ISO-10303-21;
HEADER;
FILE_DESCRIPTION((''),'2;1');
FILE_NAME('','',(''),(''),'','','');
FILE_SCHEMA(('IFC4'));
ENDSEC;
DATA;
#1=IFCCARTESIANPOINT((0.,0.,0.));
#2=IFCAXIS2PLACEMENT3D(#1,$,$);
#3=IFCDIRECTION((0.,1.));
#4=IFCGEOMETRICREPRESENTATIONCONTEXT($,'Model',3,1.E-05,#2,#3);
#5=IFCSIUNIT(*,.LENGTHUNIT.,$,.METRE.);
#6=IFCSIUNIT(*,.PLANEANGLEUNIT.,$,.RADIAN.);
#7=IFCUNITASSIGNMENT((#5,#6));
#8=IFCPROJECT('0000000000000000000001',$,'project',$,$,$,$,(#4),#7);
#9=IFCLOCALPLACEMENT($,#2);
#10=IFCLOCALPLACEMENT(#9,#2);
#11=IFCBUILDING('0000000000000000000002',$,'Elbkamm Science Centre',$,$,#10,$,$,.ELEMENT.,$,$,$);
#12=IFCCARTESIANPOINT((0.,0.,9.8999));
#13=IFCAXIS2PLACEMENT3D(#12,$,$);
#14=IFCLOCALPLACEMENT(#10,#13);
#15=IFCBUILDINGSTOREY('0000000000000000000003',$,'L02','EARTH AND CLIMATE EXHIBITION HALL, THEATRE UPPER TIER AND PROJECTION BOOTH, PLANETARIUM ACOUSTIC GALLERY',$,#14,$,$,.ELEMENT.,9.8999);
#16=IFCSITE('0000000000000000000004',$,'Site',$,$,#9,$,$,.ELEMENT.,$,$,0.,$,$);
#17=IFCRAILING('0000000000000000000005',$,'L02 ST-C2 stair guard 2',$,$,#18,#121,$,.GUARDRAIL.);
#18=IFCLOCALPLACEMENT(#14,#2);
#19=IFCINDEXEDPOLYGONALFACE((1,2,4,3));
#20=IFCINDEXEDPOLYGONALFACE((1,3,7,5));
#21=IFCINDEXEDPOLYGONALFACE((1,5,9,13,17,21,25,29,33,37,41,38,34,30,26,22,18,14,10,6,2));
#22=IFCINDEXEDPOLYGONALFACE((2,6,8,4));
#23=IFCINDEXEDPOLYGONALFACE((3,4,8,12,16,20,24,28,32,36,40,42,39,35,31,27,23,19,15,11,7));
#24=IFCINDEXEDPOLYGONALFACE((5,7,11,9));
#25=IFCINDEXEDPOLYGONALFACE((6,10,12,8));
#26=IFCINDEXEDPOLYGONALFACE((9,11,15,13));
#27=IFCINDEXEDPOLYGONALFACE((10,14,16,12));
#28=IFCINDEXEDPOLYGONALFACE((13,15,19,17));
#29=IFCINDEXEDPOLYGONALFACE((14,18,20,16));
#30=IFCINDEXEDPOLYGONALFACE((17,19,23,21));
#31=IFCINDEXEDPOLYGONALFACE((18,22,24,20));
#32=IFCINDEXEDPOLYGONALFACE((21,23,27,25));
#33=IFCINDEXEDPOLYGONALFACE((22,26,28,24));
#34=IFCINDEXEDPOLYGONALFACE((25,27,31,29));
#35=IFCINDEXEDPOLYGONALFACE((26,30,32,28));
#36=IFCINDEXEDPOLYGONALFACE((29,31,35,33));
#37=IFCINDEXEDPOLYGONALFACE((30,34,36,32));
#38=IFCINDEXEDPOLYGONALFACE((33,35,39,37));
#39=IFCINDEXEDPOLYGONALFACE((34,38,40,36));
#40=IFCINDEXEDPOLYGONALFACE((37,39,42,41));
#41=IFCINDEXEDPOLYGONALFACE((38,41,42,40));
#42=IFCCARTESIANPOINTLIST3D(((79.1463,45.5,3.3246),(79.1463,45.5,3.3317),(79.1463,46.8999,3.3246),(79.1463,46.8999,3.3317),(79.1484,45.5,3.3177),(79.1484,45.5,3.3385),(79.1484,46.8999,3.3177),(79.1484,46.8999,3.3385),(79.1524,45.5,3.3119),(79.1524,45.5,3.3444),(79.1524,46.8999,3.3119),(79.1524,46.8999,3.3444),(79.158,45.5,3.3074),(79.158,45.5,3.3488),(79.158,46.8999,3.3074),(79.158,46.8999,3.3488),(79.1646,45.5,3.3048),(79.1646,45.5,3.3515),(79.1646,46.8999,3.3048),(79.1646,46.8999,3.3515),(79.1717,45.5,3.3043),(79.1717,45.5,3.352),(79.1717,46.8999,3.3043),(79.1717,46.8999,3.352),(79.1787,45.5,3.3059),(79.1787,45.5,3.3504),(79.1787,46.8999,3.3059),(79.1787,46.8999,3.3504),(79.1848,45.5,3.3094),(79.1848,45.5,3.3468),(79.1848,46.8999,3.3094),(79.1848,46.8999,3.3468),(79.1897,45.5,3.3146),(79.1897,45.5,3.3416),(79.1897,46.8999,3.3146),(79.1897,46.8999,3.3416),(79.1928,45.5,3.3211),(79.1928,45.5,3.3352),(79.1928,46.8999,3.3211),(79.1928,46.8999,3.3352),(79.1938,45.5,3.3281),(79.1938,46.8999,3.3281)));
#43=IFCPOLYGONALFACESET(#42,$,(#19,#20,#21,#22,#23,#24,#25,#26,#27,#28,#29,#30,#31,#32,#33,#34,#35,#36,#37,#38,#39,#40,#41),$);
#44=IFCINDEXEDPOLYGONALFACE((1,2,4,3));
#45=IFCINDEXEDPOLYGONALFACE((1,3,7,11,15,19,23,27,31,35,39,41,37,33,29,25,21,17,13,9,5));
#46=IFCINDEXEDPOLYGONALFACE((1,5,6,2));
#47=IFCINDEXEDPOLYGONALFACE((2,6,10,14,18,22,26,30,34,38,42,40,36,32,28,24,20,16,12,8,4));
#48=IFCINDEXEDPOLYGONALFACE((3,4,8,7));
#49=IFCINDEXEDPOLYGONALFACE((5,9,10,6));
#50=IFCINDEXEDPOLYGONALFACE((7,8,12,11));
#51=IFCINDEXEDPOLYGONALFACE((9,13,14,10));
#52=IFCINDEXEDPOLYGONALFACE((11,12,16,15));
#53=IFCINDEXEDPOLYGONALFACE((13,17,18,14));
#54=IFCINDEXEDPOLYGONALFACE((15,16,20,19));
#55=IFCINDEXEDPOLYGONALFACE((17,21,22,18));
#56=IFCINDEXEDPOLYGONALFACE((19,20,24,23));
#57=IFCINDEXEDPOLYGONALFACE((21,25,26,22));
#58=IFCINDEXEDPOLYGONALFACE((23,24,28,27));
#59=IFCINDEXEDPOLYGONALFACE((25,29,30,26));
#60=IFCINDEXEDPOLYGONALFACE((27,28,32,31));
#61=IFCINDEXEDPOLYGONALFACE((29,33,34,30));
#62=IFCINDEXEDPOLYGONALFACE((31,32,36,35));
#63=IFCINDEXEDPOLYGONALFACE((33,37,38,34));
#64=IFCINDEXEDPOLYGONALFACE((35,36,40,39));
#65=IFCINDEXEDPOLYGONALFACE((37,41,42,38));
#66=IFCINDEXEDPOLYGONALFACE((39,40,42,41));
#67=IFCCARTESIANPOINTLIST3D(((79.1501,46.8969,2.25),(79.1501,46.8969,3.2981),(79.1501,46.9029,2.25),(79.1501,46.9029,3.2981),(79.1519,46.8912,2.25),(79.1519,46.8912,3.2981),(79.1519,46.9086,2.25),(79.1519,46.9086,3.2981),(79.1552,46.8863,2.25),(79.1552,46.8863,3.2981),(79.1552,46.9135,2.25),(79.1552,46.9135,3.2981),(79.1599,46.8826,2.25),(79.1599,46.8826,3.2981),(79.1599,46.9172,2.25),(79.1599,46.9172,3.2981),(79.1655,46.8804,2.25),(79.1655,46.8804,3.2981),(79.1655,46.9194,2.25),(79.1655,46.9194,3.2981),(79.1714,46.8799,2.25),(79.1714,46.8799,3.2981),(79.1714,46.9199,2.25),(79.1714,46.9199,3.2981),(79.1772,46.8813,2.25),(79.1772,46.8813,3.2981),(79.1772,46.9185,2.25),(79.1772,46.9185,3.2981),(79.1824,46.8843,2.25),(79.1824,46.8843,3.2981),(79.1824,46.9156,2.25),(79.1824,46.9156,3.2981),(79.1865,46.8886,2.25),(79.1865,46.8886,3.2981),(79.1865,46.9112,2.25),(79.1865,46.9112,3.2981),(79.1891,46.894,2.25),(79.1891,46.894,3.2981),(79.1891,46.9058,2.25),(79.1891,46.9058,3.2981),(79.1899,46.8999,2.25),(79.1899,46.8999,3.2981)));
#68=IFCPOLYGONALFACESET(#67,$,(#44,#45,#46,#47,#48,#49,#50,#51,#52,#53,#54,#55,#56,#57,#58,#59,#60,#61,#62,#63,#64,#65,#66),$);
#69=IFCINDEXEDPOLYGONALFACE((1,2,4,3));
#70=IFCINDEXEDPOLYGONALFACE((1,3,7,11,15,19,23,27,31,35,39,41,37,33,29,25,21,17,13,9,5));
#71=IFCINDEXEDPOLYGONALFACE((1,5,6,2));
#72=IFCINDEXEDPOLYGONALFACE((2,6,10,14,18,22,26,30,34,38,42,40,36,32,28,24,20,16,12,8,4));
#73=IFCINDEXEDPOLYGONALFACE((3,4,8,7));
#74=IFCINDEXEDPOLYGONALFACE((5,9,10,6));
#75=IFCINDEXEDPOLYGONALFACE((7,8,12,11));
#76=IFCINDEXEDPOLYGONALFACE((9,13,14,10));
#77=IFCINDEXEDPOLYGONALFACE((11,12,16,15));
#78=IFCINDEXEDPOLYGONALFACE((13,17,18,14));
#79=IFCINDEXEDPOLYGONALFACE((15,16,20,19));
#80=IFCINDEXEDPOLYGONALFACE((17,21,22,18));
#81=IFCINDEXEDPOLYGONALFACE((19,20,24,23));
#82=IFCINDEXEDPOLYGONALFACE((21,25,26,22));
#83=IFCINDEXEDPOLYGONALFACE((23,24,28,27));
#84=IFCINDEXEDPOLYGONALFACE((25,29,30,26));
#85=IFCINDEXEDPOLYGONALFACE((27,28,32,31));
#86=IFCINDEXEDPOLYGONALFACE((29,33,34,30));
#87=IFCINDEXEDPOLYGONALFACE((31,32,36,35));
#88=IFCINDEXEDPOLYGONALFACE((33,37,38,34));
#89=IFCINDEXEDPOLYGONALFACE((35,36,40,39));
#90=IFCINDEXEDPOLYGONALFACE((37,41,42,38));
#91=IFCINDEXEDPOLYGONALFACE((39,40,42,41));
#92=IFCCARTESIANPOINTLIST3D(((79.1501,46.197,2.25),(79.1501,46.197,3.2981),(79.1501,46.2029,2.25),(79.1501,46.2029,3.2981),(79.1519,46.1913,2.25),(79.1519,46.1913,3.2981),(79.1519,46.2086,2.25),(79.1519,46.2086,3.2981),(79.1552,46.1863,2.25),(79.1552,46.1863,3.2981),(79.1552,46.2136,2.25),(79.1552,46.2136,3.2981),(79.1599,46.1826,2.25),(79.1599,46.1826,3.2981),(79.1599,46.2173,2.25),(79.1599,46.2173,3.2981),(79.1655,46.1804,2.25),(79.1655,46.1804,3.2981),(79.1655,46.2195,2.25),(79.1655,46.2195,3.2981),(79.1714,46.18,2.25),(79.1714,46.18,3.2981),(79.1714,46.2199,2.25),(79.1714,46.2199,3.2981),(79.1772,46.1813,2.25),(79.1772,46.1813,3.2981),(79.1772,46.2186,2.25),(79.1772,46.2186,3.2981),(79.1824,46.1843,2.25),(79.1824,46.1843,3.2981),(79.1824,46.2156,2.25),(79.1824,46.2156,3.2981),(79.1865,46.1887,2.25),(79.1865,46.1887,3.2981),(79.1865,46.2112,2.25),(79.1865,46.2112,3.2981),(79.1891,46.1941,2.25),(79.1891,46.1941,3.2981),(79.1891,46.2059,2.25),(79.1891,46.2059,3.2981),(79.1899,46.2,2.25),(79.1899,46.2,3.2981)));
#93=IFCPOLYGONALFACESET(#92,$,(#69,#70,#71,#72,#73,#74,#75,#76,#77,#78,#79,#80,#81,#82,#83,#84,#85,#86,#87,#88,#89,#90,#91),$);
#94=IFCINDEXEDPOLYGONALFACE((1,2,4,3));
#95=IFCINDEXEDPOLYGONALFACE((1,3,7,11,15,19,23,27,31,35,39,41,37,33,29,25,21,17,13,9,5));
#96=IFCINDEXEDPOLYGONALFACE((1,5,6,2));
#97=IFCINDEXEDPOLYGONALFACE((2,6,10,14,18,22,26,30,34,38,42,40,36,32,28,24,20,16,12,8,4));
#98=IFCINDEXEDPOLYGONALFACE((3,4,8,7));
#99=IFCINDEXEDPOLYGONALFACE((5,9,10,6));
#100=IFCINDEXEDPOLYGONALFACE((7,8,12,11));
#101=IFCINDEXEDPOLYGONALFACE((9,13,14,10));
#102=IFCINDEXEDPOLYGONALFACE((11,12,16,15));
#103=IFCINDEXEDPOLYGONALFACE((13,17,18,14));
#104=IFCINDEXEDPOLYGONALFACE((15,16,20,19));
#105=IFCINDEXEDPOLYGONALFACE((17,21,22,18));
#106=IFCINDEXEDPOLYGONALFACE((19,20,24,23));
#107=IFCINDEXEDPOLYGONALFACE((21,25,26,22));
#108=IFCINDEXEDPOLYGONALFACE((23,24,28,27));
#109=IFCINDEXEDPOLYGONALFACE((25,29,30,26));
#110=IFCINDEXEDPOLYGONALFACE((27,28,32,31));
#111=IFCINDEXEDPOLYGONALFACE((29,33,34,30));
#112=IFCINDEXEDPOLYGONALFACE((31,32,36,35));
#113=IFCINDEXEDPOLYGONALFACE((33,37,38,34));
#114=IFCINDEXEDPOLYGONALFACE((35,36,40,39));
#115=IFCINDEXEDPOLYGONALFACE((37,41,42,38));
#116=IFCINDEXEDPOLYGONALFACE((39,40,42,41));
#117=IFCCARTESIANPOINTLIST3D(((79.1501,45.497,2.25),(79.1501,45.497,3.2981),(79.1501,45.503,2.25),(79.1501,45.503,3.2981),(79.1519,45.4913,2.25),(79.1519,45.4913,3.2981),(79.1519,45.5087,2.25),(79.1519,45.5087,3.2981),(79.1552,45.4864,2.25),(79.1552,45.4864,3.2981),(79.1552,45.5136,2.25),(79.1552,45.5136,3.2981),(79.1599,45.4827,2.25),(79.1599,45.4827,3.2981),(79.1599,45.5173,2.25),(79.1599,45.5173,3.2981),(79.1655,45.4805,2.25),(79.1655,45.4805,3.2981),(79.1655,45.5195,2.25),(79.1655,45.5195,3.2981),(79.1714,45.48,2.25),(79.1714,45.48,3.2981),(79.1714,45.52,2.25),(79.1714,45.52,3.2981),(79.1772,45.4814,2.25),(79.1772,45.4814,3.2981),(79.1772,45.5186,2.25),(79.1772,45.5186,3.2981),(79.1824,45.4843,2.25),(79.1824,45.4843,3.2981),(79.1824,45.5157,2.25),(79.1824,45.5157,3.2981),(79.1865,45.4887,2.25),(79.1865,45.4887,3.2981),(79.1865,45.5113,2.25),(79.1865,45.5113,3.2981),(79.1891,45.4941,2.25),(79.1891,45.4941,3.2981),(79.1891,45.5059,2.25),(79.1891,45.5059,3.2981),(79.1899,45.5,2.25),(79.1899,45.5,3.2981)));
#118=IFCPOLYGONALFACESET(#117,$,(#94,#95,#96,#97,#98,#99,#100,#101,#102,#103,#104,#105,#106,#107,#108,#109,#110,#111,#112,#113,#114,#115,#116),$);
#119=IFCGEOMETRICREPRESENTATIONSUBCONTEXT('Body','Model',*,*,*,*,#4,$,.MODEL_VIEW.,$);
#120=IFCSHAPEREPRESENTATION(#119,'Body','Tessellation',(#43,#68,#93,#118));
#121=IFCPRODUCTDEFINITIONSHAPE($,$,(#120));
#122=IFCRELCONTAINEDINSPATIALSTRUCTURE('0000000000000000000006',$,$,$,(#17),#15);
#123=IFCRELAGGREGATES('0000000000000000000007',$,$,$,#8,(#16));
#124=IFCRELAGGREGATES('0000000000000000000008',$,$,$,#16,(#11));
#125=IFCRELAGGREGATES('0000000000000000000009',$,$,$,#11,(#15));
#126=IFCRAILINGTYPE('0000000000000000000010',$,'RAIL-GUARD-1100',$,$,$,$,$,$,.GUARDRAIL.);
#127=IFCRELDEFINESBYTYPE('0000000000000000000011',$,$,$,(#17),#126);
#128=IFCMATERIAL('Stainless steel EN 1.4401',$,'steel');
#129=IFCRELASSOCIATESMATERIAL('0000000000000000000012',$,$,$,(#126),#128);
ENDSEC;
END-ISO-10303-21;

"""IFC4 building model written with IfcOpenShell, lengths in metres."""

from ifc_helpers import new_model, si_unit, direction, frame, origin, origin_2d, place, context, subcontext, project, spatial, circle, extrude, material, type_object, element, save


model = new_model("IFC4")

# Units and contexts
model_context = context("Model", 3, precision=1e-05, world=origin(), true_north=direction((0.0, 1.0)))
body_context = subcontext(model_context, "Body", "Model", "MODEL_VIEW")
ifc_project = project(units=[si_unit("LENGTHUNIT", "METRE"), si_unit("PLANEANGLEUNIT", "RADIAN")], contexts=[model_context])

# Site, building, storey
site_placement = place(None, origin())
site = spatial("IfcSite", under=ifc_project, at=site_placement, Name="Site", CompositionType="ELEMENT", RefElevation=0.0)
building_placement = place(site_placement, origin())
building = spatial("IfcBuilding", under=site, at=building_placement, Name="Elbkamm Science Centre", CompositionType="ELEMENT")
storey_placement = place(building_placement, frame((0.0, 0.0, 9.8999)))
storey = spatial("IfcBuildingStorey", under=building, at=storey_placement, Name="L02", Description="EARTH AND CLIMATE EXHIBITION HALL, THEATRE UPPER TIER AND PROJECTION BOOTH, PLANETARIUM ACOUSTIC GALLERY", CompositionType="ELEMENT", Elevation=9.8999)

# Railing
ifc_material_1 = material(Name="Stainless steel EN 1.4401", Category="steel")
railing_type_1 = type_object("IfcRailingType", Name="RAIL-GUARD-1100", PredefinedType="GUARDRAIL", material=ifc_material_1)
railing_1_placement = place(storey_placement, frame((79.1699, 46.8999, 2.25)))
element("IfcRailing", 1, at=railing_1_placement, inside=storey, type_object=railing_type_1, Name="L02 ST-C2 stair guard 2", PredefinedType="GUARDRAIL", context=body_context, shape_type="SweptSolid", body=[
    extrude(circle(Radius=0.0239, at=origin_2d()), frame((0.0, 0.0, 1.0781), z_axis=(0.0, -1.0, 0.0), x_axis=(1.0, 0.0, 0.0)), (0.0, 0.0, 1.0), 1.3999),
    extrude(circle(Radius=0.02, at=origin_2d()), origin(), (0.0, 0.0, 1.0), 1.0481),
    extrude(circle(Radius=0.02, at=origin_2d()), frame((0.0, -0.7, 0.0)), (0.0, 0.0, 1.0), 1.0481),
    extrude(circle(Radius=0.02, at=origin_2d()), frame((0.0, -1.3999, 0.0)), (0.0, 0.0, 1.0), 1.0481),
])

save(model, "model.ifc")
